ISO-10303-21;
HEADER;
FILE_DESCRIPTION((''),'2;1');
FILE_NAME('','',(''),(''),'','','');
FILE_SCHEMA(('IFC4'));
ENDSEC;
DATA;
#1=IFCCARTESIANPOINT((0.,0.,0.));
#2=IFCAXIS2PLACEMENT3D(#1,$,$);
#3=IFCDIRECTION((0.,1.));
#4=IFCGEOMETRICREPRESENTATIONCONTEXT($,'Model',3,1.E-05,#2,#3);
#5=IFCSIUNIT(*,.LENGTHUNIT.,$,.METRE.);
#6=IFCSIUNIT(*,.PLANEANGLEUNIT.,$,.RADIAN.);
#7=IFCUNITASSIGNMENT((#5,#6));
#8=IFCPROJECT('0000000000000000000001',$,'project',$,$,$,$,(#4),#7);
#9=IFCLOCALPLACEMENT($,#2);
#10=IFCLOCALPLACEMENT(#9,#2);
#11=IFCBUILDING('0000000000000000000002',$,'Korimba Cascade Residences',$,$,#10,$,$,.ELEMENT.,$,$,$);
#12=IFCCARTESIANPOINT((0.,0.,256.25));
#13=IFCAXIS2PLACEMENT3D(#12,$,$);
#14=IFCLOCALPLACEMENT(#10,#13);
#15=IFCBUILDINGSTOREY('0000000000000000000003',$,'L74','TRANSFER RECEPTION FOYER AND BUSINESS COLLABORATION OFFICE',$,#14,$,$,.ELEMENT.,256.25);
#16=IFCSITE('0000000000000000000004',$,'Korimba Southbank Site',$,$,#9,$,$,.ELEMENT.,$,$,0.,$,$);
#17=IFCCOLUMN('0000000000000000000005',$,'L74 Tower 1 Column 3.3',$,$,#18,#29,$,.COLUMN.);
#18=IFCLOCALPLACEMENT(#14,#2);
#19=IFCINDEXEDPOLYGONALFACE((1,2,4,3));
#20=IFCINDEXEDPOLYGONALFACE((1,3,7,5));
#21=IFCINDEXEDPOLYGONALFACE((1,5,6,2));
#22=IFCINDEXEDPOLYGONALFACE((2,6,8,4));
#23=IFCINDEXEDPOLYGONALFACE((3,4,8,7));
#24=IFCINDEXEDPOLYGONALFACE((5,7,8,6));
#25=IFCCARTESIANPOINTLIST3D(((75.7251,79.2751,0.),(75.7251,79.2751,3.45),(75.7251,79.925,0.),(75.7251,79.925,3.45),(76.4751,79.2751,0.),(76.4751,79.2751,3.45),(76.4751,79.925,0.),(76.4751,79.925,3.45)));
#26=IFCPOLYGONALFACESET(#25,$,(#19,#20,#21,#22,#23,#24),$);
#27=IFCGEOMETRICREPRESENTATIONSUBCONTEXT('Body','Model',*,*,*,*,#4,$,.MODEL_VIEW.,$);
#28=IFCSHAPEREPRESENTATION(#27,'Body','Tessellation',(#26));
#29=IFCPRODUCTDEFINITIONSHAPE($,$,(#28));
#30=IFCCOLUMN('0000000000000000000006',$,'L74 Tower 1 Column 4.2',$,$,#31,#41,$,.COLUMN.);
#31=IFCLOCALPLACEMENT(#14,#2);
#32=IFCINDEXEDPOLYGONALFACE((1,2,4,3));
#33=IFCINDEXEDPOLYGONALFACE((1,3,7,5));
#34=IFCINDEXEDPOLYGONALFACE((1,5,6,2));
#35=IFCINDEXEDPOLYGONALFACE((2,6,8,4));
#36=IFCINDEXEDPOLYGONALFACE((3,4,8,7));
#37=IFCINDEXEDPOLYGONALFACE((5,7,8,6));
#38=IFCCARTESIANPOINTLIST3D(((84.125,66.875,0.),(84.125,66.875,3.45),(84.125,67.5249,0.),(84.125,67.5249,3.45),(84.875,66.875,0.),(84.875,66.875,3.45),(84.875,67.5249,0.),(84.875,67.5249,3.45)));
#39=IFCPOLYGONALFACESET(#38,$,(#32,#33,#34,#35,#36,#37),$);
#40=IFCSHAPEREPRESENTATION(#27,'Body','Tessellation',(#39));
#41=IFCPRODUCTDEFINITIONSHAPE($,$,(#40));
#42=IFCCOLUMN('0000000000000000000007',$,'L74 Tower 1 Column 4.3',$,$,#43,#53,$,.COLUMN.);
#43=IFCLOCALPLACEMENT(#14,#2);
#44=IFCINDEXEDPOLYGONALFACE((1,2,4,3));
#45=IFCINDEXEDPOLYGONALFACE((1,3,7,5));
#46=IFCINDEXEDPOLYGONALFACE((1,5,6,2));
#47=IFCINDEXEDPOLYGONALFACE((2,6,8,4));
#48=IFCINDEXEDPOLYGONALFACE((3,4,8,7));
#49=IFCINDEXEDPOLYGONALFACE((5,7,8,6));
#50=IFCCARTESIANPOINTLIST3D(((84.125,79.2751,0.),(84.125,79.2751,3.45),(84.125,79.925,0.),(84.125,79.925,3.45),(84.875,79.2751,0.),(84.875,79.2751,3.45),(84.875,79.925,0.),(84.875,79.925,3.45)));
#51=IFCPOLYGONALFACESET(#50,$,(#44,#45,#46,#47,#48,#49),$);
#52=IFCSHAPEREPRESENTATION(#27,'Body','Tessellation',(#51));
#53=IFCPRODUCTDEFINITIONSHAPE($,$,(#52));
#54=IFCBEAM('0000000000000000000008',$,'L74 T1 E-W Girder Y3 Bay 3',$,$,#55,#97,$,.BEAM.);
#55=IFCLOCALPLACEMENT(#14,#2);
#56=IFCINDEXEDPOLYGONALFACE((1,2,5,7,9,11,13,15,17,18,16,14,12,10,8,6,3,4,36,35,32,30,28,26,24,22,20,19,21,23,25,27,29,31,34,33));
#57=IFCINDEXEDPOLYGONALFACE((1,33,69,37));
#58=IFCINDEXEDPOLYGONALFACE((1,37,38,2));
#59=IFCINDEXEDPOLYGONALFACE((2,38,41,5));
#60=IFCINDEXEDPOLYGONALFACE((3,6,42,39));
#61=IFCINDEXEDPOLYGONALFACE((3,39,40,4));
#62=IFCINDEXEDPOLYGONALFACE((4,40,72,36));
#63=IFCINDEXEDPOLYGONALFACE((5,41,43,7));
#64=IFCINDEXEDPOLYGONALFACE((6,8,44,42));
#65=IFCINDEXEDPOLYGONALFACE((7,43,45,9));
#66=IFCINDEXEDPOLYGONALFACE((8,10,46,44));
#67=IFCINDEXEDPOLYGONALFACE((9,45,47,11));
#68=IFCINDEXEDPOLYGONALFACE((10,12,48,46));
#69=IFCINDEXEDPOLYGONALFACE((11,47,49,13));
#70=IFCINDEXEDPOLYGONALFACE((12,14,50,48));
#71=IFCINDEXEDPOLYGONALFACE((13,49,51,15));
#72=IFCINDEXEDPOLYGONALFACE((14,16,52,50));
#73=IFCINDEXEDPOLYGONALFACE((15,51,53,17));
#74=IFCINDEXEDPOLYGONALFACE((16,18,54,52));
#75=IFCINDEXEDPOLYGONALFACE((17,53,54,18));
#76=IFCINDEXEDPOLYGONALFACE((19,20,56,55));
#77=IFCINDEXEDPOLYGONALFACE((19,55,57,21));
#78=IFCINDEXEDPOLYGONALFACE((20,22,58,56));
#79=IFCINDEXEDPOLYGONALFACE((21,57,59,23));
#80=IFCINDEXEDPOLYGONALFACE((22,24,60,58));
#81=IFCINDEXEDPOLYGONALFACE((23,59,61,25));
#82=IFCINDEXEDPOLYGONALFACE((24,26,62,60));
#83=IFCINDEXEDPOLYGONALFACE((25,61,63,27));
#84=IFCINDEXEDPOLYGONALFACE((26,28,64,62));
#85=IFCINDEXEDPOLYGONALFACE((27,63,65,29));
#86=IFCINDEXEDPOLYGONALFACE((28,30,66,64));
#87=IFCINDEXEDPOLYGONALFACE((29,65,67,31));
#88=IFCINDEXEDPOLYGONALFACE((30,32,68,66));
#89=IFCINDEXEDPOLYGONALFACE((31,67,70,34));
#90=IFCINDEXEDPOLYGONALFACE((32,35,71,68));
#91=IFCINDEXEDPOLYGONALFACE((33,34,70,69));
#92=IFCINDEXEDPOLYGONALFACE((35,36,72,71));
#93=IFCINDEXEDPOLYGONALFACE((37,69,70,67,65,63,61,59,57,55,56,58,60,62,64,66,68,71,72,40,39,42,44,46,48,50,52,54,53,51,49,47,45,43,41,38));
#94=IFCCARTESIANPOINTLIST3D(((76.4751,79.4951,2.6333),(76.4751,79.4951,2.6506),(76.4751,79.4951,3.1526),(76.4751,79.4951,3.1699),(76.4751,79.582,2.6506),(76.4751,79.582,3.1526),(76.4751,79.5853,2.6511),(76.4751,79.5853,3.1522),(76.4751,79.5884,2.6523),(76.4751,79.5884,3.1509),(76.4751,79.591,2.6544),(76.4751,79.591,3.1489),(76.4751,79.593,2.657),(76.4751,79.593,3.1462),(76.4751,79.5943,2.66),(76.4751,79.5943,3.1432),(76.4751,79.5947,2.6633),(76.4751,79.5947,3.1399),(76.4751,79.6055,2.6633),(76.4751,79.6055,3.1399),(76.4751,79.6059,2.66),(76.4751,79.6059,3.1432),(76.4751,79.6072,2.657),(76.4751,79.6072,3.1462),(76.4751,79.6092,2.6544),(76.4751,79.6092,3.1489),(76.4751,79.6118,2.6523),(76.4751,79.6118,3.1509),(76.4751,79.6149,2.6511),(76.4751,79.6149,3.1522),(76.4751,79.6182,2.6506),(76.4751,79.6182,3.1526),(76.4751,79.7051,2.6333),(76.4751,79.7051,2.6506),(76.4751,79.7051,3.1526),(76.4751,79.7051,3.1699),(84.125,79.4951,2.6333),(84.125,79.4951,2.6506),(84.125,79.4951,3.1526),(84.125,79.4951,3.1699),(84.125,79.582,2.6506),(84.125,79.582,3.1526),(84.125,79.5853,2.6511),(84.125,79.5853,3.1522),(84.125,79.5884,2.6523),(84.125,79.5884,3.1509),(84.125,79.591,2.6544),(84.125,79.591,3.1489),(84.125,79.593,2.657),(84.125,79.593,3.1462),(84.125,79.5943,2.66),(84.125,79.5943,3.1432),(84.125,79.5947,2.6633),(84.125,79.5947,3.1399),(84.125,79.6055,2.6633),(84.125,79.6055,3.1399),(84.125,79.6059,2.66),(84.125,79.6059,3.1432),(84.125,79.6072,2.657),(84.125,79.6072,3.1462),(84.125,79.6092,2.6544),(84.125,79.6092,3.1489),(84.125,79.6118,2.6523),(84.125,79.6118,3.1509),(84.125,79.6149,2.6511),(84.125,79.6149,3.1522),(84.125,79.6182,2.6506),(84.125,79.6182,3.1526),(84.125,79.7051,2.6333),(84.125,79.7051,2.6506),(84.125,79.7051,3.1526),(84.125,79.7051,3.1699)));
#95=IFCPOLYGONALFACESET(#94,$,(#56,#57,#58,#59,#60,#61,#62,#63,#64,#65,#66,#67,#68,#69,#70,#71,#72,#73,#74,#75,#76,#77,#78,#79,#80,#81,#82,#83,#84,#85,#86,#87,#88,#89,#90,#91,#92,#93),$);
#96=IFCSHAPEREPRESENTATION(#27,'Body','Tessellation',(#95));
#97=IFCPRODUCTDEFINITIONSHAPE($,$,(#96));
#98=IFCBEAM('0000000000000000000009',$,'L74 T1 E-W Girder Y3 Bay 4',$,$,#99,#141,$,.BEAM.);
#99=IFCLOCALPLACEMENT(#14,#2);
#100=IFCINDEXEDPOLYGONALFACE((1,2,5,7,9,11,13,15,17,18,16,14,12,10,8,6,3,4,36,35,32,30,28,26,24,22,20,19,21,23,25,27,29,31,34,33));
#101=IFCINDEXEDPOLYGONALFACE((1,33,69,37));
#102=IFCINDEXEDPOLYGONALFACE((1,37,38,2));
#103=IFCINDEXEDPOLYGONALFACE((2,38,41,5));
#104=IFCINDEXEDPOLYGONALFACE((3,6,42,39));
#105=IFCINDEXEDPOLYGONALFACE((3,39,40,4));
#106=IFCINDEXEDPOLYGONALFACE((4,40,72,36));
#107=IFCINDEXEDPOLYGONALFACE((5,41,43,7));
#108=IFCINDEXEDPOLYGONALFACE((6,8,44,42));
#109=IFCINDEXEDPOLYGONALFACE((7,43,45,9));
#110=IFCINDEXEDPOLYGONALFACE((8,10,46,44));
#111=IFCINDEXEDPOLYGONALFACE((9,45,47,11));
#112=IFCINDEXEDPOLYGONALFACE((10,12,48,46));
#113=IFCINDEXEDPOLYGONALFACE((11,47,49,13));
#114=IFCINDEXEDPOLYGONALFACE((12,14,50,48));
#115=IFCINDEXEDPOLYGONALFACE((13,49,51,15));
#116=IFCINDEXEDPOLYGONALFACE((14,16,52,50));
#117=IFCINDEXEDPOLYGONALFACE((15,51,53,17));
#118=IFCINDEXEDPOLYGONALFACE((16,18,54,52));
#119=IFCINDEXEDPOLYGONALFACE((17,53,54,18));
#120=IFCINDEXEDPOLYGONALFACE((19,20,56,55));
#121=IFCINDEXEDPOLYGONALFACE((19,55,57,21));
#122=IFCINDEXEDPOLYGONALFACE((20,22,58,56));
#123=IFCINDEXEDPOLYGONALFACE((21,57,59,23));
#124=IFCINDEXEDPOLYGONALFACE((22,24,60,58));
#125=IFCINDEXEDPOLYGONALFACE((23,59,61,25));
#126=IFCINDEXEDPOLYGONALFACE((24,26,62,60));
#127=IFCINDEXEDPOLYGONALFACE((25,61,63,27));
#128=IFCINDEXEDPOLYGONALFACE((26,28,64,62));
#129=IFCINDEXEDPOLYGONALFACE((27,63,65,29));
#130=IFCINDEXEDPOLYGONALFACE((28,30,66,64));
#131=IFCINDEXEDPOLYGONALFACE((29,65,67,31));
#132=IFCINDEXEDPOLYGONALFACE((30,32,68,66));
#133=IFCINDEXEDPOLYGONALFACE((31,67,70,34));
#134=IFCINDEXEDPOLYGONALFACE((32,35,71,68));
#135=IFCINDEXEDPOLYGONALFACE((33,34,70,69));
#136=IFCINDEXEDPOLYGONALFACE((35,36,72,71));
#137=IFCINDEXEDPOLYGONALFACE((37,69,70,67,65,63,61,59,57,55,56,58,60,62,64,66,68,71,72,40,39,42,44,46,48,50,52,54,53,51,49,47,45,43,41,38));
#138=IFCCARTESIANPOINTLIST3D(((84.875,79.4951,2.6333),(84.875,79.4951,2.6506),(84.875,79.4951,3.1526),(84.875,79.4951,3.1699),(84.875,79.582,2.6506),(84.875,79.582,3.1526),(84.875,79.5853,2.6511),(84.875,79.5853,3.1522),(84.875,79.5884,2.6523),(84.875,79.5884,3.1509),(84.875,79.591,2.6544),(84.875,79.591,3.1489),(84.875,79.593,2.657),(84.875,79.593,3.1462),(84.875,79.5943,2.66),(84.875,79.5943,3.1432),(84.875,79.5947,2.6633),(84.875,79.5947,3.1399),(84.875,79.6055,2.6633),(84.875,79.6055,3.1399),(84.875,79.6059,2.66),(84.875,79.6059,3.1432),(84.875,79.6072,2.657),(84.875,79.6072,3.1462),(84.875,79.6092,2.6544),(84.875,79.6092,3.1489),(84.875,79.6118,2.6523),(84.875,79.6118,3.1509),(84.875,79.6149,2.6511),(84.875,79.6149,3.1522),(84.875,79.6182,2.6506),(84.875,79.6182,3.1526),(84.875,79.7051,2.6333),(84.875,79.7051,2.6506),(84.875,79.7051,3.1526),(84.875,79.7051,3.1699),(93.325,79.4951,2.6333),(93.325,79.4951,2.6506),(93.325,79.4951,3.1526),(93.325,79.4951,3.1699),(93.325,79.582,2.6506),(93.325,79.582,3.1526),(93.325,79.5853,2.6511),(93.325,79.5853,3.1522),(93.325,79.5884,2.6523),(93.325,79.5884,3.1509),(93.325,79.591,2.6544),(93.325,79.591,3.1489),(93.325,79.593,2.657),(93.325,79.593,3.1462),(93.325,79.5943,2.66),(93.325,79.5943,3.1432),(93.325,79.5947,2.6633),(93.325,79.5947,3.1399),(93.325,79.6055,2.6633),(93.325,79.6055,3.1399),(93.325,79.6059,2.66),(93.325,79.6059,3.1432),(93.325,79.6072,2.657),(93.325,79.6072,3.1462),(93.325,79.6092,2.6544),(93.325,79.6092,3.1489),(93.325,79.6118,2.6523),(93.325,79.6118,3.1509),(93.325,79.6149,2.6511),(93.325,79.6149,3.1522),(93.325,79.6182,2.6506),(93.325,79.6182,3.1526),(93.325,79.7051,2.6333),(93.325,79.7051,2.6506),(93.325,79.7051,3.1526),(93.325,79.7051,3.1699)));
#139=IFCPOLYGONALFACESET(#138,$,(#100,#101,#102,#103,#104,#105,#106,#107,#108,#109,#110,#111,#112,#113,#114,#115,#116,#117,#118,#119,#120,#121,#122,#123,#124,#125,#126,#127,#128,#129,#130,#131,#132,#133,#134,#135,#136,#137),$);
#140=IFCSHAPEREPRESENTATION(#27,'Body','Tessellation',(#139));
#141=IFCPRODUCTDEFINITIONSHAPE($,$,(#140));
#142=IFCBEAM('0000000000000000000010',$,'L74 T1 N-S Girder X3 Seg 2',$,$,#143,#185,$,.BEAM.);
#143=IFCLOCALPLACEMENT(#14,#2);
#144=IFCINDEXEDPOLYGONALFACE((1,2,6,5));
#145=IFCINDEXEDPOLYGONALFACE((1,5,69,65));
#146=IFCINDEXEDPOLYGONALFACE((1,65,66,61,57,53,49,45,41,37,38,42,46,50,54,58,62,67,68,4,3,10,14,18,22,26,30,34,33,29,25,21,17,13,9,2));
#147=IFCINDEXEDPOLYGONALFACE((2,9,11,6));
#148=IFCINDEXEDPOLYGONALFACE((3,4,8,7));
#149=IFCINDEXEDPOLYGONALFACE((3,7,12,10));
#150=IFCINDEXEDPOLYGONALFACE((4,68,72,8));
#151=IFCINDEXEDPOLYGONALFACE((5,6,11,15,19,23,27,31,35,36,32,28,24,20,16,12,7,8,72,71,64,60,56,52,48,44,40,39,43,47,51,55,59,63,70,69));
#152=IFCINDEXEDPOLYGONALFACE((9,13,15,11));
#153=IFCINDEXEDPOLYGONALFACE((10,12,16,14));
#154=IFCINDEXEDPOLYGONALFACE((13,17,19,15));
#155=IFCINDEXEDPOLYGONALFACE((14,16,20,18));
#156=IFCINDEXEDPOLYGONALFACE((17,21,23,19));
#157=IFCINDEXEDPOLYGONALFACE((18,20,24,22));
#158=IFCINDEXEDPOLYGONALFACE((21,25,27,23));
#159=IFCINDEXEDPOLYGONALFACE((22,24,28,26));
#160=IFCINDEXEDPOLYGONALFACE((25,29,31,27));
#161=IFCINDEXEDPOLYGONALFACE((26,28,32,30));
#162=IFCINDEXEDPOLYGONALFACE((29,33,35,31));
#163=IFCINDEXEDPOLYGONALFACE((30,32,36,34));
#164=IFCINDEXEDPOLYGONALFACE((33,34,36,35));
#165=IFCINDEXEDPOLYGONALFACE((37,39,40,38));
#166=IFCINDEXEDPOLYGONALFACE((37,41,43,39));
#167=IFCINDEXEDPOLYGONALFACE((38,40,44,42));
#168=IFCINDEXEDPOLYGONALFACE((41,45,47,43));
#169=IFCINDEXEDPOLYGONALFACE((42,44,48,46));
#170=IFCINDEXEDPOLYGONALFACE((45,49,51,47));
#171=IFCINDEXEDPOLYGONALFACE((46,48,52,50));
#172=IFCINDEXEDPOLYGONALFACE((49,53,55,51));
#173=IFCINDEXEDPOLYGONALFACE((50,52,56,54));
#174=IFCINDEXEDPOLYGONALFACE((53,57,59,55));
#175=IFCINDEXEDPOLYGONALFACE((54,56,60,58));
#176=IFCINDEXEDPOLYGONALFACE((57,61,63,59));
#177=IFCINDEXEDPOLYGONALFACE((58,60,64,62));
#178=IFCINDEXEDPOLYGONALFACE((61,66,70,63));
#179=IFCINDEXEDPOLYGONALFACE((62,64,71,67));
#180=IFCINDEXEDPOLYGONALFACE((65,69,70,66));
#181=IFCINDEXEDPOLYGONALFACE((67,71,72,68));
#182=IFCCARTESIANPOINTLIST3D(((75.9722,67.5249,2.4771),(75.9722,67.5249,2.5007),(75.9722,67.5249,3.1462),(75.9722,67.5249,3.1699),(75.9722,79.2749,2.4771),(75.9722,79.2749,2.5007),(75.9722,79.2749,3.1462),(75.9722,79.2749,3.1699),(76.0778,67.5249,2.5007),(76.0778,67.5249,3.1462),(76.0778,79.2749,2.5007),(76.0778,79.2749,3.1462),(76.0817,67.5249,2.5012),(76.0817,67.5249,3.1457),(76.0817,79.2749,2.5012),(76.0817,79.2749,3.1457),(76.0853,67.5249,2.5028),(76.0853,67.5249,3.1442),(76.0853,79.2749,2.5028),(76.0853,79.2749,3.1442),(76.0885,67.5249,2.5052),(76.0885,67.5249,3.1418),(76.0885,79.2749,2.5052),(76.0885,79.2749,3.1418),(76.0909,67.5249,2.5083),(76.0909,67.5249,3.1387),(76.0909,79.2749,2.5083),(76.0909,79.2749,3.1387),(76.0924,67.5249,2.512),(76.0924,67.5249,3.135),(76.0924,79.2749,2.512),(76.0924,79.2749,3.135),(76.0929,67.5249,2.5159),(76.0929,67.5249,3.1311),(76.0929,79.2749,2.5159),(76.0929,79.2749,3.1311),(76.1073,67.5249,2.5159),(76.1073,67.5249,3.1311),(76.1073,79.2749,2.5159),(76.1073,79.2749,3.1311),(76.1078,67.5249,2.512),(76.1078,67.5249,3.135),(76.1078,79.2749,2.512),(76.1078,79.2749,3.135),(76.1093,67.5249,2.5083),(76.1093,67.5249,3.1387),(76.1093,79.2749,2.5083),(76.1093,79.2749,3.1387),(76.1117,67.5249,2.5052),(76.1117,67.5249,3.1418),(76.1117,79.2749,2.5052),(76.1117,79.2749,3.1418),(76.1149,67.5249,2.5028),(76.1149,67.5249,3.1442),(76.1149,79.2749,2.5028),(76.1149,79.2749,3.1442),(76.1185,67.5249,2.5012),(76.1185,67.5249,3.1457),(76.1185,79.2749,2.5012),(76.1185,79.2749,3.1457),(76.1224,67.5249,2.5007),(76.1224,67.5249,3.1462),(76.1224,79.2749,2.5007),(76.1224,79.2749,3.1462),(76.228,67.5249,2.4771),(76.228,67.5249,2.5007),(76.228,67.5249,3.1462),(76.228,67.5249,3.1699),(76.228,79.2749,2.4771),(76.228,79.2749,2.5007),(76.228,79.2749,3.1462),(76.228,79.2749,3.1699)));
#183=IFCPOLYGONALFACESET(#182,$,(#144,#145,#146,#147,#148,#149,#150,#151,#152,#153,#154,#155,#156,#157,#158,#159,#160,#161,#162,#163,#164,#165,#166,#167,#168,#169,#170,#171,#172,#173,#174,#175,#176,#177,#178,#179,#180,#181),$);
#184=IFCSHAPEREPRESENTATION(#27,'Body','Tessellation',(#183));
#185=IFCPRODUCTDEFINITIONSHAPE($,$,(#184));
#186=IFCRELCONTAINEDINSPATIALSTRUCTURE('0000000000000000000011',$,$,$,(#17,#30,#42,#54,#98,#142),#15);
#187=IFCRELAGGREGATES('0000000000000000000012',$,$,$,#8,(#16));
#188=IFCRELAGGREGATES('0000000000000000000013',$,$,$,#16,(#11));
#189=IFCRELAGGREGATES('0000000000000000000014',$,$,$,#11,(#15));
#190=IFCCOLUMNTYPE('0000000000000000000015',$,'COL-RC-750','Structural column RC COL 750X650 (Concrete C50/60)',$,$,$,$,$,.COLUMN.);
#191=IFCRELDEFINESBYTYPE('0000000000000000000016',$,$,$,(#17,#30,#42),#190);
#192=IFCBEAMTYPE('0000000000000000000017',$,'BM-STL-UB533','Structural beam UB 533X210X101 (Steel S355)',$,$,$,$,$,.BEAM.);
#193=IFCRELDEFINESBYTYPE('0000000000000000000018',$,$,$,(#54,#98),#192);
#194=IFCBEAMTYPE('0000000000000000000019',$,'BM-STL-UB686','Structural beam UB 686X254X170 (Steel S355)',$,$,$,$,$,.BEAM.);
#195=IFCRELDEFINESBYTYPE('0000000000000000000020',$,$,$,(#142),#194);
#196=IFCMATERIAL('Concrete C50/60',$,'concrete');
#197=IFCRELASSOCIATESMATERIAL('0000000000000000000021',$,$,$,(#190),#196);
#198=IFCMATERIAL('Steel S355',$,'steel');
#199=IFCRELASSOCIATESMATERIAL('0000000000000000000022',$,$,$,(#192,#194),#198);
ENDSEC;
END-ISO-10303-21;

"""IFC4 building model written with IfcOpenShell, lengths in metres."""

from ifc_helpers import new_model, si_unit, direction, frame, origin, origin_2d, place, context, subcontext, project, spatial, rectangle, i_section, extrude, material, material_profile, profile_set, type_object, element, save


model = new_model("IFC4")

# Units and contexts
model_context = context("Model", 3, precision=1e-05, world=origin(), true_north=direction((0.0, 1.0)))
body_context = subcontext(model_context, "Body", "Model", "MODEL_VIEW")
ifc_project = project(units=[si_unit("LENGTHUNIT", "METRE"), si_unit("PLANEANGLEUNIT", "RADIAN")], contexts=[model_context])

# Site, building, storey
site_placement = place(None, origin())
site = spatial("IfcSite", under=ifc_project, at=site_placement, Name="Korimba Southbank Site", CompositionType="ELEMENT", RefElevation=0.0)
building_placement = place(site_placement, origin())
building = spatial("IfcBuilding", under=site, at=building_placement, Name="Korimba Cascade Residences", CompositionType="ELEMENT")
storey_placement = place(building_placement, frame((0.0, 0.0, 256.25)))
storey = spatial("IfcBuildingStorey", under=building, at=storey_placement, Name="L74", Description="TRANSFER RECEPTION FOYER AND BUSINESS COLLABORATION OFFICE", CompositionType="ELEMENT", Elevation=256.25)

# Columns
ifc_material_1 = material(Name="Concrete C50/60", Category="concrete")
ifc_material_profile_1 = material_profile(ifc_material_1, rectangle(XDim=0.75, YDim=0.6499, at=origin_2d()), Name="Concrete C50/60")
ifc_profile_set_1 = profile_set([ifc_material_profile_1], Name="Concrete C50/60")
column_type = type_object("IfcColumnType", Name="COL-RC-750", Description="Structural column RC COL 750X650 (Concrete C50/60)", PredefinedType="COLUMN", material=ifc_profile_set_1)
for number, where, z_axis, x_axis, name in (
    (1, (76.1001, 79.6001, 0.0), (0.0, 0.0, 1.0), (1.0, 0.0, 0.0), "L74 Tower 1 Column 3.3"),
    (2, (84.5, 67.2, 0.0), (0.0, 0.0, 1.0), (1.0, 0.0, 0.0), "L74 Tower 1 Column 4.2"),
    (3, (84.5, 79.6001, 0.0), (0.0, 0.0, 1.0), (1.0, 0.0, 0.0), "L74 Tower 1 Column 4.3"),
):
    element("IfcColumn", number, at=place(storey_placement, frame(where, z_axis=z_axis, x_axis=x_axis)), inside=storey, type_object=column_type, Name=name, PredefinedType="COLUMN", context=body_context, shape_type="SweptSolid", body=[
        extrude(rectangle(XDim=0.75, YDim=0.6499, at=origin_2d()), origin(), (0.0, 0.0, 1.0), 3.45),
    ])

# Beams
ifc_material_2 = material(Name="Steel S355", Category="steel")
ifc_material_profile_2 = material_profile(ifc_material_2, i_section(OverallWidth=0.21, OverallDepth=0.5366, WebThickness=0.0107, FlangeThickness=0.0173, FilletRadius=0.0127, at=origin_2d()), Name="Steel S355")
ifc_profile_set_2 = profile_set([ifc_material_profile_2], Name="Steel S355")
beam_type_1 = type_object("IfcBeamType", Name="BM-STL-UB533", Description="Structural beam UB 533X210X101 (Steel S355)", PredefinedType="BEAM", material=ifc_profile_set_2)
beam_1_placement = place(storey_placement, frame((76.4751, 79.6001, 2.9016), z_axis=(1.0, 0.0, 0.0), x_axis=(0.0, 1.0, 0.0)))
element("IfcBeam", 4, at=beam_1_placement, inside=storey, type_object=beam_type_1, Name="L74 T1 E-W Girder Y3 Bay 3", PredefinedType="BEAM", context=body_context, shape_type="SweptSolid", body=[
    extrude(i_section(OverallWidth=0.21, OverallDepth=0.5366, WebThickness=0.0107, FlangeThickness=0.0173, FilletRadius=0.0127, at=origin_2d()), origin(), (0.0, 0.0, 1.0), 7.6499),
])
beam_2_placement = place(storey_placement, frame((84.875, 79.6001, 2.9016), z_axis=(1.0, 0.0, 0.0), x_axis=(0.0, 1.0, 0.0)))
element("IfcBeam", 5, at=beam_2_placement, inside=storey, type_object=beam_type_1, Name="L74 T1 E-W Girder Y3 Bay 4", PredefinedType="BEAM", context=body_context, shape_type="SweptSolid", body=[
    extrude(i_section(OverallWidth=0.21, OverallDepth=0.5366, WebThickness=0.0107, FlangeThickness=0.0173, FilletRadius=0.0127, at=origin_2d()), origin(), (0.0, 0.0, 1.0), 8.45),
])
ifc_material_profile_3 = material_profile(ifc_material_2, i_section(OverallWidth=0.2559, OverallDepth=0.6929, WebThickness=0.0144, FlangeThickness=0.0237, FilletRadius=0.0151, at=origin_2d()), Name="Steel S355")
ifc_profile_set_3 = profile_set([ifc_material_profile_3], Name="Steel S355")
beam_type_2 = type_object("IfcBeamType", Name="BM-STL-UB686", Description="Structural beam UB 686X254X170 (Steel S355)", PredefinedType="BEAM", material=ifc_profile_set_3)
beam_3_placement = place(storey_placement, frame((76.1001, 67.5249, 2.8235), z_axis=(0.0, 1.0, 0.0), x_axis=(-1.0, 0.0, 0.0)))
element("IfcBeam", 6, at=beam_3_placement, inside=storey, type_object=beam_type_2, Name="L74 T1 N-S Girder X3 Seg 2", PredefinedType="BEAM", context=body_context, shape_type="SweptSolid", body=[
    extrude(i_section(OverallWidth=0.2559, OverallDepth=0.6929, WebThickness=0.0144, FlangeThickness=0.0237, FilletRadius=0.0151, at=origin_2d()), origin(), (0.0, 0.0, 1.0), 11.75),
])

save(model, "model.ifc")
